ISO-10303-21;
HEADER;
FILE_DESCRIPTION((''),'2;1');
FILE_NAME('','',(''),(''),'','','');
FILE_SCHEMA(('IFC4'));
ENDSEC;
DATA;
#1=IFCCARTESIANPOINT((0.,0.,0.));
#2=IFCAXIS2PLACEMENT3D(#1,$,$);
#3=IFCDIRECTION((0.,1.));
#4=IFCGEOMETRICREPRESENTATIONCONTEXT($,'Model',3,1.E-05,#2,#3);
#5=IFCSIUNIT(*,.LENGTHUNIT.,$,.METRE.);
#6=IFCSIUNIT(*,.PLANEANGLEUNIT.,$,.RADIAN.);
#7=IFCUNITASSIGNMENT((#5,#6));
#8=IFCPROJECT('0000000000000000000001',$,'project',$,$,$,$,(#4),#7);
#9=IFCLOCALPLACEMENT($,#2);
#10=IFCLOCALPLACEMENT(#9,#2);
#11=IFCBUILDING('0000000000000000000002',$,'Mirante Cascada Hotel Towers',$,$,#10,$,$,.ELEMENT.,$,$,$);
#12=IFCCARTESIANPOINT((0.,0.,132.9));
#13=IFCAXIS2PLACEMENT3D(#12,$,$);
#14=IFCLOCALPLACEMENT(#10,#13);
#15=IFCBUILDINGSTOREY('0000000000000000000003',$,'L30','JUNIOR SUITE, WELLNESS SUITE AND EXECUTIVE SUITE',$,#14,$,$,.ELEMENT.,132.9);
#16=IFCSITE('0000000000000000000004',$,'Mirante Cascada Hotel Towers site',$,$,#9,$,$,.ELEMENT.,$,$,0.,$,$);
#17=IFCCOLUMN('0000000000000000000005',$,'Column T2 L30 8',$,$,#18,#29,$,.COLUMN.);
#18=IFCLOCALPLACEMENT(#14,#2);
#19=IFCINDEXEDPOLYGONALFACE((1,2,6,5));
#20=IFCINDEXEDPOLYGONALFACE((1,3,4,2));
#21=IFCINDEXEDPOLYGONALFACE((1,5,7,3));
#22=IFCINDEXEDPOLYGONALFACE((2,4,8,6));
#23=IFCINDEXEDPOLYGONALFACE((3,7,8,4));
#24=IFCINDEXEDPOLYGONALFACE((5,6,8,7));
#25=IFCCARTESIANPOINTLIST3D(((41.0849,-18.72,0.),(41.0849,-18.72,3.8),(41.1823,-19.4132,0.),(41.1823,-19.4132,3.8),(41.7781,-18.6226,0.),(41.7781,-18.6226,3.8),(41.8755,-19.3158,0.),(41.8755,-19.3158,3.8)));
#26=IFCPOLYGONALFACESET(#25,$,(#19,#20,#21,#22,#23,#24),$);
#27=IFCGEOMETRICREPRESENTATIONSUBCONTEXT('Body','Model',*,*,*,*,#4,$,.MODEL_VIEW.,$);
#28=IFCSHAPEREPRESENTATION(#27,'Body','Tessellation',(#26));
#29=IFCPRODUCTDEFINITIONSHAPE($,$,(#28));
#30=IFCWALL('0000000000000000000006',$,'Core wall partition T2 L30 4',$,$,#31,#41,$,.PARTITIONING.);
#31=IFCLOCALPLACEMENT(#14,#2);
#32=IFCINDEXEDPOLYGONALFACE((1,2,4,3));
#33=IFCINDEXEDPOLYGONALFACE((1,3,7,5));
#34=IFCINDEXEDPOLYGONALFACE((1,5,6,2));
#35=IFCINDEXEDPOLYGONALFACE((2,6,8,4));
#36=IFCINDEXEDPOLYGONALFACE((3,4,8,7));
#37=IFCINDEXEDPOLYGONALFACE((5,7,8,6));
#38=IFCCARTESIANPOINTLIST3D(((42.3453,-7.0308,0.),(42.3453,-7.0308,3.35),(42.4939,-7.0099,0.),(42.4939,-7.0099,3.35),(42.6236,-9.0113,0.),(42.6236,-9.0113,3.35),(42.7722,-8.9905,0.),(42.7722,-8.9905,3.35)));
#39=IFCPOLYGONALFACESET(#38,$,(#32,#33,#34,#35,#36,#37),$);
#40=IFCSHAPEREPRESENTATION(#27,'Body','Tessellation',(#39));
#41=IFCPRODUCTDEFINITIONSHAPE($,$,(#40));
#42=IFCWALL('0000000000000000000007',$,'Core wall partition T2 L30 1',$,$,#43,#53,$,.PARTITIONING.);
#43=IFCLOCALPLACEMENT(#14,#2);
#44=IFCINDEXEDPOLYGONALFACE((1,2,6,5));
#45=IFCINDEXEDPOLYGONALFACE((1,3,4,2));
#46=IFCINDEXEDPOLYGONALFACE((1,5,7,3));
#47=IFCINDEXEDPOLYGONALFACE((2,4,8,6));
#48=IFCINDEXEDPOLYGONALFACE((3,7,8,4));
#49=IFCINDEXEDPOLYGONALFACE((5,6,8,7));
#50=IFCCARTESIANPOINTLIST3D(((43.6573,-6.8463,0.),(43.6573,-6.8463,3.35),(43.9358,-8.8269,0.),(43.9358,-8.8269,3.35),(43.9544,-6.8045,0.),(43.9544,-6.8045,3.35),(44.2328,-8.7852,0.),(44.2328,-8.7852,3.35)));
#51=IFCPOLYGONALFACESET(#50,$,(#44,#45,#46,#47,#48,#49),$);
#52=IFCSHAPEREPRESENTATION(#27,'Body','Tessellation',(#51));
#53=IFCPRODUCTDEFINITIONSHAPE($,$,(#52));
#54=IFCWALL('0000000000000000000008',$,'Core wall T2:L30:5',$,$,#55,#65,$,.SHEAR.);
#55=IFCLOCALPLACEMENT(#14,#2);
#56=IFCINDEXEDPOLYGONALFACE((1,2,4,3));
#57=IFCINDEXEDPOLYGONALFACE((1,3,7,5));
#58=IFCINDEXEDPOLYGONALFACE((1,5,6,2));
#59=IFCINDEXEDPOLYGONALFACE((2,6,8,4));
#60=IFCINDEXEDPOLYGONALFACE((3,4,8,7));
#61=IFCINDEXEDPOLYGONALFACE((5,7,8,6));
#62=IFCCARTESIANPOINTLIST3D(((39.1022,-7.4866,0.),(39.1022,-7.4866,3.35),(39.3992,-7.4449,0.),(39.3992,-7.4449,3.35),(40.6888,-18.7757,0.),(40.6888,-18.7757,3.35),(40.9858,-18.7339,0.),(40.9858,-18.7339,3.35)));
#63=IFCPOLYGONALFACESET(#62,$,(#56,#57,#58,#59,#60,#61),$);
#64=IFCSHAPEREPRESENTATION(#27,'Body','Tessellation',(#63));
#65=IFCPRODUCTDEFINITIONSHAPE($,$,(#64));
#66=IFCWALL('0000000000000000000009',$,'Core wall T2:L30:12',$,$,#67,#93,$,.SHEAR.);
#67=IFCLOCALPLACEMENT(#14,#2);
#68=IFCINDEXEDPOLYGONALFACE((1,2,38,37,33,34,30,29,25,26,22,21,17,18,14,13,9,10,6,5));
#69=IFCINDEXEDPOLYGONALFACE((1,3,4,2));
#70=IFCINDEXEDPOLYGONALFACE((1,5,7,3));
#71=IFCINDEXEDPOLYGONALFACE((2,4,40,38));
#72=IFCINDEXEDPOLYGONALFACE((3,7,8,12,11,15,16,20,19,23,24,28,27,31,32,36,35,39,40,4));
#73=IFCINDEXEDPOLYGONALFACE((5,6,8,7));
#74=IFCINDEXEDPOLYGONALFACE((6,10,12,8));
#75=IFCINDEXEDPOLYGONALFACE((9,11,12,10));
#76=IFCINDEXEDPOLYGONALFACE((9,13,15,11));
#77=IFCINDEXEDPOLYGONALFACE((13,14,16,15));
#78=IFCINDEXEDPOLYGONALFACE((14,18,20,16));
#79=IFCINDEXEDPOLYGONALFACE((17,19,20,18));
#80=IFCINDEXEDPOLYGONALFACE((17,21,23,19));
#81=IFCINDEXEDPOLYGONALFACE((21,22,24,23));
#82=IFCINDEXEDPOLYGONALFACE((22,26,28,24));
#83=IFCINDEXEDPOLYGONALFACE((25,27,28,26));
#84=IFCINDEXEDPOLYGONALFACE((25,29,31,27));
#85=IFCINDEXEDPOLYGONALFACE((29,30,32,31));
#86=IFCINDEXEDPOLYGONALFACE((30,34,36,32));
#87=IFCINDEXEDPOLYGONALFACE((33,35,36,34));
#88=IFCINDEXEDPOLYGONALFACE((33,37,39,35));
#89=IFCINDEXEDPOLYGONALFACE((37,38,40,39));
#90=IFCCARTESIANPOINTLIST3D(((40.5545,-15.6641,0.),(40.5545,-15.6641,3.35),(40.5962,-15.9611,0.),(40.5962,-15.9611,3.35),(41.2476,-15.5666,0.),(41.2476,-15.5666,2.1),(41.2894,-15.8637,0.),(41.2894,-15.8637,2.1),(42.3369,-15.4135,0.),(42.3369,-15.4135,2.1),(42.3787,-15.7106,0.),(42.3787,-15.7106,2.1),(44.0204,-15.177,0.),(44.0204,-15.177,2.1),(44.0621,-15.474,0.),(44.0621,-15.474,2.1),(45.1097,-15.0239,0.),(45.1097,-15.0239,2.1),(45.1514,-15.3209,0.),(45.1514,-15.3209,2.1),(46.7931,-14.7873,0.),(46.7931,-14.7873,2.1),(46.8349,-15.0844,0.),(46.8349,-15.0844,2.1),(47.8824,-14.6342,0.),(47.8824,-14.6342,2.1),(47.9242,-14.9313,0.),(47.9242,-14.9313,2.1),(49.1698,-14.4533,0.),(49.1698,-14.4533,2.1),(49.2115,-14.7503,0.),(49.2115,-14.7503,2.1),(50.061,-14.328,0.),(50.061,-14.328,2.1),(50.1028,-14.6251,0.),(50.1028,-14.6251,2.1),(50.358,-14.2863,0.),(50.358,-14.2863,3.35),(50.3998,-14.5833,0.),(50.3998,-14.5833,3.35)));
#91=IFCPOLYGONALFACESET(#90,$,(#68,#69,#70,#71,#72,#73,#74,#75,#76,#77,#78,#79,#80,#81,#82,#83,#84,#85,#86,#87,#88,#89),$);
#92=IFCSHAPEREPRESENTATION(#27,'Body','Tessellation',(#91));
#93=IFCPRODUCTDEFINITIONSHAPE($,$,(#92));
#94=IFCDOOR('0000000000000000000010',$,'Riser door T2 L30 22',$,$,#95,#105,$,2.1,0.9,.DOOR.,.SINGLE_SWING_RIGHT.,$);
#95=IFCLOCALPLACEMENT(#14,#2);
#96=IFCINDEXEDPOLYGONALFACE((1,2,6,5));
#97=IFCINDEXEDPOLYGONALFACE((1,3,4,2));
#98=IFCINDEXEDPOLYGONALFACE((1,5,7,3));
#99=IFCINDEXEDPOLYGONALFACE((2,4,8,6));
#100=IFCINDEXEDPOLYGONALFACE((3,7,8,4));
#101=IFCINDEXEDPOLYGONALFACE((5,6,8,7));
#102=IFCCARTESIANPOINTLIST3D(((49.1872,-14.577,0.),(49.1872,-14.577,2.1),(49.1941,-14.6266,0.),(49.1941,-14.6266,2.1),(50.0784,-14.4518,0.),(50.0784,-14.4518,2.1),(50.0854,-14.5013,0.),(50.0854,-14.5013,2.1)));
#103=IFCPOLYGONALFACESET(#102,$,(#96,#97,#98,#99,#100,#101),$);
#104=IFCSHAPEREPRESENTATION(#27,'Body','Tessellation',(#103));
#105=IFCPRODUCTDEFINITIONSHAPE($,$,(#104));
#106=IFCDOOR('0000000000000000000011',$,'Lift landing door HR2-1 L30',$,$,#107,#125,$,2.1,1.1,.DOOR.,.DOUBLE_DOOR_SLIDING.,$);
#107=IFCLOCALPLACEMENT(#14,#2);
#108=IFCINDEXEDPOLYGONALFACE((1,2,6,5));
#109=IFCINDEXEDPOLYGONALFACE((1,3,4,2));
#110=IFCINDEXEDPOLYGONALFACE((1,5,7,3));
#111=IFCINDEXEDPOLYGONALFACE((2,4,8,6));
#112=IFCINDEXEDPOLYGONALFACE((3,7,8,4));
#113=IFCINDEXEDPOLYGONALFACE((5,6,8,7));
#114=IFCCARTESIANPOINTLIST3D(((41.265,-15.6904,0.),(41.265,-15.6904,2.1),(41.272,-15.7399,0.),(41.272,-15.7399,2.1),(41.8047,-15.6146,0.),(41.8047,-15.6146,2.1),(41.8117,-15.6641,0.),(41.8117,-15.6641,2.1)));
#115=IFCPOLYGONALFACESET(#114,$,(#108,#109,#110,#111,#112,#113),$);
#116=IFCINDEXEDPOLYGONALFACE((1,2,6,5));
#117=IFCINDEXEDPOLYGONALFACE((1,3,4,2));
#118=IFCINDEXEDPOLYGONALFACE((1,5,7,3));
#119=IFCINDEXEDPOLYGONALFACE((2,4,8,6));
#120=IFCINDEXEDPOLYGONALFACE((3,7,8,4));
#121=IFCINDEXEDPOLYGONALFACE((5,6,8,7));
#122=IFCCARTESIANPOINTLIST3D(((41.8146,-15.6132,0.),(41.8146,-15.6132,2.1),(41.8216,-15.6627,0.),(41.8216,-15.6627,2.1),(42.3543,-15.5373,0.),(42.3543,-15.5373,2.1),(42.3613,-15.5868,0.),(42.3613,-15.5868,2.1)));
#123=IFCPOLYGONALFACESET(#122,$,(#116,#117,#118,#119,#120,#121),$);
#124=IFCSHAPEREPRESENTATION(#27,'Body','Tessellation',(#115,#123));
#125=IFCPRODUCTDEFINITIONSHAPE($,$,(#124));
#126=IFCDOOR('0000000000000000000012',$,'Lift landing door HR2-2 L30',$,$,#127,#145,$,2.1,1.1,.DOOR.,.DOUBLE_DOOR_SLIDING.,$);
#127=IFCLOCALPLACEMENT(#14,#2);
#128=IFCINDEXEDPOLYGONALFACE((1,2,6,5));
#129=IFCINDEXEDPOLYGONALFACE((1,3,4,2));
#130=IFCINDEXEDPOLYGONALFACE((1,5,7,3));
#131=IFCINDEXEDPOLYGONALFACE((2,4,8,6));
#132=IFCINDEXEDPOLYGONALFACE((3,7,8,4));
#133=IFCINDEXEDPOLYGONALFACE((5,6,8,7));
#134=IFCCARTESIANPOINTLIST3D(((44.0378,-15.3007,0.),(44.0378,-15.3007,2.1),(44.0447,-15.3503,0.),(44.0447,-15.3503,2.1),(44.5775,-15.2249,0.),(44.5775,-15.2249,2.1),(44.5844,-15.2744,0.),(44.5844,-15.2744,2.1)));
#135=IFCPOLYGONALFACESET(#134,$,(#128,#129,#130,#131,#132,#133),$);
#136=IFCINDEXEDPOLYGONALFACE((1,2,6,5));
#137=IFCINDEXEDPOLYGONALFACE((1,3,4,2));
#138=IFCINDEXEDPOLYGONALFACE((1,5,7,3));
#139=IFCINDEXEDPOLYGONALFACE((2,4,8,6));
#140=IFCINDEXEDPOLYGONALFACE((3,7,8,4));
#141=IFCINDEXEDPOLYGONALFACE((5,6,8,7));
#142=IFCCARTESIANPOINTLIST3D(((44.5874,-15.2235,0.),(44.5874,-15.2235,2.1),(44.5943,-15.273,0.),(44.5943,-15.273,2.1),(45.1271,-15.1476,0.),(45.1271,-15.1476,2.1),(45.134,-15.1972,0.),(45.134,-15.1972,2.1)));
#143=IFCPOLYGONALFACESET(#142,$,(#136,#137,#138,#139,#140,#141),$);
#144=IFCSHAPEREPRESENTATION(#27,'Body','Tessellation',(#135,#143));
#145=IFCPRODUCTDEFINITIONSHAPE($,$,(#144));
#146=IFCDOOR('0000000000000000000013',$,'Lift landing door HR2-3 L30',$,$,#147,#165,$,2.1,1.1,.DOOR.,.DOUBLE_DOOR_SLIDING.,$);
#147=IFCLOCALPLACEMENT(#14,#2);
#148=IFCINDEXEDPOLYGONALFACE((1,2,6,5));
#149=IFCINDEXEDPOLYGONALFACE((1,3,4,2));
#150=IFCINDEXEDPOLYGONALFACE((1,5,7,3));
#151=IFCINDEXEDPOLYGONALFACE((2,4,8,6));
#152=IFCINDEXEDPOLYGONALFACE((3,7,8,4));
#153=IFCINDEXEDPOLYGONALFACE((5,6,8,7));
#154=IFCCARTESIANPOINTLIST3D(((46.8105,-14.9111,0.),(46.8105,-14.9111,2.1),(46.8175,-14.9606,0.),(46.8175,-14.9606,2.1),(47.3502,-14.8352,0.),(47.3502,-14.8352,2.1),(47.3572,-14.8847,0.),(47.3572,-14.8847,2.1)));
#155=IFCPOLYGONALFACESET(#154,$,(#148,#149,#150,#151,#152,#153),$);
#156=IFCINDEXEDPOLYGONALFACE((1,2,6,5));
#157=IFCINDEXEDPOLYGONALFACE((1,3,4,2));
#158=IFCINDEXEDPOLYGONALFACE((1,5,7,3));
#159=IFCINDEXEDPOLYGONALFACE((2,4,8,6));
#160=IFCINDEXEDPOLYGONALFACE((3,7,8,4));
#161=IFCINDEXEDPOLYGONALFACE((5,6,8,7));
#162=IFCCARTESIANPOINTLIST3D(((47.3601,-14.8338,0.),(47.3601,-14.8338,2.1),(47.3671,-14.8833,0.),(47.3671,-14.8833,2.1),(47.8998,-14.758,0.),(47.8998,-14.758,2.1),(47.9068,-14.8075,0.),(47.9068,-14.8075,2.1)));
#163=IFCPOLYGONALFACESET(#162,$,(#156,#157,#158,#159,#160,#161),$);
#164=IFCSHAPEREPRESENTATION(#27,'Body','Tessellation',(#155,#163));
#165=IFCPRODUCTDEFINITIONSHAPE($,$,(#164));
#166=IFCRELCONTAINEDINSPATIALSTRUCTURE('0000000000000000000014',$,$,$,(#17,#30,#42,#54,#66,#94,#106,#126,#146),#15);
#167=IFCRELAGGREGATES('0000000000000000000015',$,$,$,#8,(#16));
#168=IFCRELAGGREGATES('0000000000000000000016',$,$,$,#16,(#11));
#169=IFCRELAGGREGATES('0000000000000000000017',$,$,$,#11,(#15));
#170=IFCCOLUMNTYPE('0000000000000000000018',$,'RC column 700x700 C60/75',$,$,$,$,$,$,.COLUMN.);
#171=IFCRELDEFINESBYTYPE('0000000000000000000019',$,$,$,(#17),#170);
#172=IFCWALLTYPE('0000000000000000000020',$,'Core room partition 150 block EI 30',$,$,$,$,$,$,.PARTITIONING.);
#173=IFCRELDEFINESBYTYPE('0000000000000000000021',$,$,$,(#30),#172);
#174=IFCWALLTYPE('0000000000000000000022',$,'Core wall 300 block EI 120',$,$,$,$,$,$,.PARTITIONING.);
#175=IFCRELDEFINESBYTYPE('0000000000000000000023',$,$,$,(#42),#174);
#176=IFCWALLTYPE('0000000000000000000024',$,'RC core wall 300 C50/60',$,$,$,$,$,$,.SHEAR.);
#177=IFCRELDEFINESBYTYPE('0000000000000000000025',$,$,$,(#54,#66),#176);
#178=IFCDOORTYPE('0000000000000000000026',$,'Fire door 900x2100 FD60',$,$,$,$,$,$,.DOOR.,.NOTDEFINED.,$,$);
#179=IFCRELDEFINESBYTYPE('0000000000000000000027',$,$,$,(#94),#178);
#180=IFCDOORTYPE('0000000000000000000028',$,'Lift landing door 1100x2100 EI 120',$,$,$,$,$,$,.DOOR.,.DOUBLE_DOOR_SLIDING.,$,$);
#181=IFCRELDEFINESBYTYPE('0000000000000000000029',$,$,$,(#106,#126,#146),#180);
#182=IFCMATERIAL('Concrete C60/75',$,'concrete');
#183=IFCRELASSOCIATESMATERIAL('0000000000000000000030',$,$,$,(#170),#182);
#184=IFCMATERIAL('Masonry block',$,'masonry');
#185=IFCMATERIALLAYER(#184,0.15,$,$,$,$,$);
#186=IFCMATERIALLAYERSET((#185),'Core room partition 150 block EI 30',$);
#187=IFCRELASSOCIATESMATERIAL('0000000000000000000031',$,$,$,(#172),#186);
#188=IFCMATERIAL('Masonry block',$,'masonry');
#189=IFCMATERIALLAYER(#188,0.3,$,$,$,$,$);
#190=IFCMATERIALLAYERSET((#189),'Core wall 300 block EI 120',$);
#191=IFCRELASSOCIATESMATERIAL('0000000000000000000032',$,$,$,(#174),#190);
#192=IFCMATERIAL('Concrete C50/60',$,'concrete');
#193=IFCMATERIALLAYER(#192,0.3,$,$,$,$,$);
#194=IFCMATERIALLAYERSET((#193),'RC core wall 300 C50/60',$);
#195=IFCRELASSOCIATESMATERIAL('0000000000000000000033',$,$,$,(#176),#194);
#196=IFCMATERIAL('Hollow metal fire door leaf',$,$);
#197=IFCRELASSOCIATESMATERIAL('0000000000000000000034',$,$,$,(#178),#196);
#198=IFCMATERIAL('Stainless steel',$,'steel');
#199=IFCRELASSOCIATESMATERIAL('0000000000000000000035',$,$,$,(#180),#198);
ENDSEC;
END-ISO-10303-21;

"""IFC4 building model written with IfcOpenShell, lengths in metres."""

from ifc_helpers import new_model, si_unit, direction, frame, frame_2d, origin, origin_2d, place, context, subcontext, project, spatial, rectangle, extrude, material, layer, layer_set, material_profile, profile_set, type_object, element, fill, save


model = new_model("IFC4")

# Units and contexts
model_context = context("Model", 3, precision=1e-05, world=origin(), true_north=direction((0.0, 1.0)))
body_context = subcontext(model_context, "Body", "Model", "MODEL_VIEW")
ifc_project = project(units=[si_unit("LENGTHUNIT", "METRE"), si_unit("PLANEANGLEUNIT", "RADIAN")], contexts=[model_context])

# Site, building, storey
site_placement = place(None, origin())
site = spatial("IfcSite", under=ifc_project, at=site_placement, Name="Mirante Cascada Hotel Towers site", CompositionType="ELEMENT", RefElevation=0.0)
building_placement = place(site_placement, origin())
building = spatial("IfcBuilding", under=site, at=building_placement, Name="Mirante Cascada Hotel Towers", CompositionType="ELEMENT")
storey_placement = place(building_placement, frame((0.0, 0.0, 132.9)))
storey = spatial("IfcBuildingStorey", under=building, at=storey_placement, Name="L30", Description="JUNIOR SUITE, WELLNESS SUITE AND EXECUTIVE SUITE", CompositionType="ELEMENT", Elevation=132.9)

# Column
ifc_material_1 = material(Name="Concrete C60/75", Category="concrete")
ifc_material_profile = material_profile(ifc_material_1, rectangle(XDim=0.7, YDim=0.7, at=origin_2d()), Name="RC column 700x700 C60/75")
ifc_profile_set = profile_set([ifc_material_profile], Name="Concrete C60/75")
column_type = type_object("IfcColumnType", Name="RC column 700x700 C60/75", PredefinedType="COLUMN", material=ifc_profile_set)
column_placement = place(storey_placement, frame((41.4802, -19.0179, 0.0), z_axis=(0.0, 0.0, 1.0), x_axis=(0.990268, 0.139173, 0.0)))
element("IfcColumn", 1, at=column_placement, inside=storey, type_object=column_type, Name="Column T2 L30 8", PredefinedType="COLUMN", context=body_context, shape_type="SweptSolid", body=[
    extrude(rectangle(XDim=0.7, YDim=0.7, at=origin_2d()), origin(), (0.0, 0.0, 1.0), 3.8),
])

# Walls
ifc_material_2 = material(Name="Masonry block", Category="masonry")
ifc_layer_1 = layer(ifc_material_2, 0.15)
ifc_layer_set_1 = layer_set([ifc_layer_1], Name="Core room partition 150 block EI 30")
wall_type_1 = type_object("IfcWallType", Name="Core room partition 150 block EI 30", PredefinedType="PARTITIONING", material=ifc_layer_set_1)
wall_1_placement = place(storey_placement, frame((42.6979, -9.0009, 0.0), z_axis=(0.0, 0.0, 1.0), x_axis=(-0.139153, 0.990271, 0.0)))
element("IfcWall", 2, at=wall_1_placement, inside=storey, type_object=wall_type_1, Name="Core wall partition T2 L30 4", PredefinedType="PARTITIONING", context=body_context, shape_type="SweptSolid", body=[
    extrude(rectangle(XDim=2.0, YDim=0.15, at=frame_2d((1.0, 0.0))), origin(), (0.0, 0.0, 1.0), 3.35),
])
ifc_material_3 = material(Name="Masonry block", Category="masonry")
ifc_layer_2 = layer(ifc_material_3, 0.3)
ifc_layer_set_2 = layer_set([ifc_layer_2], Name="Core wall 300 block EI 120")
wall_type_2 = type_object("IfcWallType", Name="Core wall 300 block EI 120", PredefinedType="PARTITIONING", material=ifc_layer_set_2)
wall_2_placement = place(storey_placement, frame((44.0843, -8.8061, 0.0), z_axis=(0.0, 0.0, 1.0), x_axis=(-0.139195, 0.990265, 0.0)))
element("IfcWall", 3, at=wall_2_placement, inside=storey, type_object=wall_type_2, Name="Core wall partition T2 L30 1", PredefinedType="PARTITIONING", context=body_context, shape_type="SweptSolid", body=[
    extrude(rectangle(XDim=2.0001, YDim=0.3, at=frame_2d((1.0001, 0.0))), origin(), (0.0, 0.0, 1.0), 3.35),
])
ifc_material_4 = material(Name="Concrete C50/60", Category="concrete")
ifc_layer_3 = layer(ifc_material_4, 0.3)
ifc_layer_set_3 = layer_set([ifc_layer_3], Name="RC core wall 300 C50/60")
wall_type_3 = type_object("IfcWallType", Name="RC core wall 300 C50/60", PredefinedType="SHEAR", material=ifc_layer_set_3)
wall_3_placement = place(storey_placement, frame((40.8373, -18.7548, 0.0), z_axis=(0.0, 0.0, 1.0), x_axis=(-0.139175, 0.990268, 0.0)))
element("IfcWall", 4, at=wall_3_placement, inside=storey, type_object=wall_type_3, Name="Core wall T2:L30:5", PredefinedType="SHEAR", context=body_context, shape_type="SweptSolid", body=[
    extrude(rectangle(XDim=11.4, YDim=0.3, at=frame_2d((5.7, 0.0))), origin(), (0.0, 0.0, 1.0), 3.35),
])

# Wall, openings, doors
wall_4_placement = place(storey_placement, frame((40.5753, -15.8126, 0.0), z_axis=(0.0, 0.0, 1.0), x_axis=(0.990268, 0.139173, 0.0)))
wall_4 = element("IfcWall", 5, at=wall_4_placement, inside=storey, type_object=wall_type_3, Name="Core wall T2:L30:12", PredefinedType="SHEAR", context=body_context, shape_type="SweptSolid", body=[
    extrude(rectangle(XDim=9.8999, YDim=0.3, at=frame_2d((4.95, 0.0))), origin(), (0.0, 0.0, 1.0), 3.35),
])
opening_1_placement = place(wall_4_placement, frame((0.7, 0.0, 0.0)))
opening_1 = element("IfcOpeningElement", 6, at=opening_1_placement, cuts=wall_4, PredefinedType="OPENING", context=body_context, shape_type="SweptSolid", body=[
    extrude(rectangle(XDim=1.1, YDim=2.1, at=frame_2d((0.55, 1.05))), frame((0.0, 0.15, 0.0), z_axis=(0.0, -1.0, 0.0), x_axis=(1.0, 0.0, 0.0)), (0.0, 0.0, 1.0), 0.3),
])
opening_2_placement = place(wall_4_placement, frame((3.5, 0.0, 0.0)))
opening_2 = element("IfcOpeningElement", 7, at=opening_2_placement, cuts=wall_4, PredefinedType="OPENING", context=body_context, shape_type="SweptSolid", body=[
    extrude(rectangle(XDim=1.1, YDim=2.1, at=frame_2d((0.55, 1.05))), frame((0.0, 0.15, 0.0), z_axis=(0.0, -1.0, 0.0), x_axis=(1.0, 0.0, 0.0)), (0.0, 0.0, 1.0), 0.3),
])
opening_3_placement = place(wall_4_placement, frame((6.3, 0.0, 0.0)))
opening_3 = element("IfcOpeningElement", 8, at=opening_3_placement, cuts=wall_4, PredefinedType="OPENING", context=body_context, shape_type="SweptSolid", body=[
    extrude(rectangle(XDim=1.1, YDim=2.1, at=frame_2d((0.55, 1.05))), frame((0.0, 0.15, 0.0), z_axis=(0.0, -1.0, 0.0), x_axis=(1.0, 0.0, 0.0)), (0.0, 0.0, 1.0), 0.3),
])
opening_4_placement = place(wall_4_placement, frame((8.7, 0.0, 0.0)))
opening_4 = element("IfcOpeningElement", 9, at=opening_4_placement, cuts=wall_4, PredefinedType="OPENING", context=body_context, shape_type="SweptSolid", body=[
    extrude(rectangle(XDim=0.9, YDim=2.1, at=frame_2d((0.45, 1.05))), frame((0.0, 0.15, 0.0), z_axis=(0.0, -1.0, 0.0), x_axis=(1.0, 0.0, 0.0)), (0.0, 0.0, 1.0), 0.3),
])
ifc_material_5 = material(Name="Hollow metal fire door leaf")
door_type_1 = type_object("IfcDoorType", Name="Fire door 900x2100 FD60", OperationType="NOTDEFINED", PredefinedType="DOOR", material=ifc_material_5)
door_1_placement = place(opening_4_placement, frame((0.9, 0.0, 0.0), z_axis=(0.0, 0.0, 1.0), x_axis=(-1.0, 0.0, 0.0)))
door_1 = element("IfcDoor", 10, at=door_1_placement, inside=storey, type_object=door_type_1, Name="Riser door T2 L30 22", OperationType="SINGLE_SWING_RIGHT", OverallHeight=2.1, OverallWidth=0.9, PredefinedType="DOOR", context=body_context, shape_type="SweptSolid", body=[
    extrude(rectangle(XDim=0.9, YDim=2.1, at=frame_2d((0.45, 1.05))), frame((0.0, 0.025, 0.0), z_axis=(0.0, -1.0, 0.0), x_axis=(1.0, 0.0, 0.0)), (0.0, 0.0, 1.0), 0.05),
])
fill(opening_4, door_1)
ifc_material_6 = material(Name="Stainless steel", Category="steel")
door_type_2 = type_object("IfcDoorType", Name="Lift landing door 1100x2100 EI 120", OperationType="DOUBLE_DOOR_SLIDING", PredefinedType="DOOR", material=ifc_material_6)
door_2_placement = place(opening_1_placement, origin())
door_2 = element("IfcDoor", 11, at=door_2_placement, inside=storey, type_object=door_type_2, Name="Lift landing door HR2-1 L30", OperationType="DOUBLE_DOOR_SLIDING", OverallHeight=2.1, OverallWidth=1.1, PredefinedType="DOOR", context=body_context, shape_type="SweptSolid", body=[
    extrude(rectangle(XDim=0.545, YDim=2.1, at=frame_2d((0.2725, 1.05))), frame((0.0, 0.025, 0.0), z_axis=(0.0, -1.0, 0.0), x_axis=(1.0, 0.0, 0.0)), (0.0, 0.0, 1.0), 0.05),
    extrude(rectangle(XDim=0.545, YDim=2.1, at=frame_2d((0.8275, 1.05))), frame((0.0, 0.025, 0.0), z_axis=(0.0, -1.0, 0.0), x_axis=(1.0, 0.0, 0.0)), (0.0, 0.0, 1.0), 0.05),
])
fill(opening_1, door_2)
door_3_placement = place(opening_2_placement, origin())
door_3 = element("IfcDoor", 12, at=door_3_placement, inside=storey, type_object=door_type_2, Name="Lift landing door HR2-2 L30", OperationType="DOUBLE_DOOR_SLIDING", OverallHeight=2.1, OverallWidth=1.1, PredefinedType="DOOR", context=body_context, shape_type="SweptSolid", body=[
    extrude(rectangle(XDim=0.545, YDim=2.1, at=frame_2d((0.2725, 1.05))), frame((0.0, 0.025, 0.0), z_axis=(0.0, -1.0, 0.0), x_axis=(1.0, 0.0, 0.0)), (0.0, 0.0, 1.0), 0.05),
    extrude(rectangle(XDim=0.545, YDim=2.1, at=frame_2d((0.8275, 1.05))), frame((0.0, 0.025, 0.0), z_axis=(0.0, -1.0, 0.0), x_axis=(1.0, 0.0, 0.0)), (0.0, 0.0, 1.0), 0.05),
])
fill(opening_2, door_3)
door_4_placement = place(opening_3_placement, origin())
door_4 = element("IfcDoor", 13, at=door_4_placement, inside=storey, type_object=door_type_2, Name="Lift landing door HR2-3 L30", OperationType="DOUBLE_DOOR_SLIDING", OverallHeight=2.1, OverallWidth=1.1, PredefinedType="DOOR", context=body_context, shape_type="SweptSolid", body=[
    extrude(rectangle(XDim=0.545, YDim=2.1, at=frame_2d((0.2725, 1.05))), frame((0.0, 0.025, 0.0), z_axis=(0.0, -1.0, 0.0), x_axis=(1.0, 0.0, 0.0)), (0.0, 0.0, 1.0), 0.05),
    extrude(rectangle(XDim=0.545, YDim=2.1, at=frame_2d((0.8275, 1.05))), frame((0.0, 0.025, 0.0), z_axis=(0.0, -1.0, 0.0), x_axis=(1.0, 0.0, 0.0)), (0.0, 0.0, 1.0), 0.05),
])
fill(opening_3, door_4)

save(model, "model.ifc")
